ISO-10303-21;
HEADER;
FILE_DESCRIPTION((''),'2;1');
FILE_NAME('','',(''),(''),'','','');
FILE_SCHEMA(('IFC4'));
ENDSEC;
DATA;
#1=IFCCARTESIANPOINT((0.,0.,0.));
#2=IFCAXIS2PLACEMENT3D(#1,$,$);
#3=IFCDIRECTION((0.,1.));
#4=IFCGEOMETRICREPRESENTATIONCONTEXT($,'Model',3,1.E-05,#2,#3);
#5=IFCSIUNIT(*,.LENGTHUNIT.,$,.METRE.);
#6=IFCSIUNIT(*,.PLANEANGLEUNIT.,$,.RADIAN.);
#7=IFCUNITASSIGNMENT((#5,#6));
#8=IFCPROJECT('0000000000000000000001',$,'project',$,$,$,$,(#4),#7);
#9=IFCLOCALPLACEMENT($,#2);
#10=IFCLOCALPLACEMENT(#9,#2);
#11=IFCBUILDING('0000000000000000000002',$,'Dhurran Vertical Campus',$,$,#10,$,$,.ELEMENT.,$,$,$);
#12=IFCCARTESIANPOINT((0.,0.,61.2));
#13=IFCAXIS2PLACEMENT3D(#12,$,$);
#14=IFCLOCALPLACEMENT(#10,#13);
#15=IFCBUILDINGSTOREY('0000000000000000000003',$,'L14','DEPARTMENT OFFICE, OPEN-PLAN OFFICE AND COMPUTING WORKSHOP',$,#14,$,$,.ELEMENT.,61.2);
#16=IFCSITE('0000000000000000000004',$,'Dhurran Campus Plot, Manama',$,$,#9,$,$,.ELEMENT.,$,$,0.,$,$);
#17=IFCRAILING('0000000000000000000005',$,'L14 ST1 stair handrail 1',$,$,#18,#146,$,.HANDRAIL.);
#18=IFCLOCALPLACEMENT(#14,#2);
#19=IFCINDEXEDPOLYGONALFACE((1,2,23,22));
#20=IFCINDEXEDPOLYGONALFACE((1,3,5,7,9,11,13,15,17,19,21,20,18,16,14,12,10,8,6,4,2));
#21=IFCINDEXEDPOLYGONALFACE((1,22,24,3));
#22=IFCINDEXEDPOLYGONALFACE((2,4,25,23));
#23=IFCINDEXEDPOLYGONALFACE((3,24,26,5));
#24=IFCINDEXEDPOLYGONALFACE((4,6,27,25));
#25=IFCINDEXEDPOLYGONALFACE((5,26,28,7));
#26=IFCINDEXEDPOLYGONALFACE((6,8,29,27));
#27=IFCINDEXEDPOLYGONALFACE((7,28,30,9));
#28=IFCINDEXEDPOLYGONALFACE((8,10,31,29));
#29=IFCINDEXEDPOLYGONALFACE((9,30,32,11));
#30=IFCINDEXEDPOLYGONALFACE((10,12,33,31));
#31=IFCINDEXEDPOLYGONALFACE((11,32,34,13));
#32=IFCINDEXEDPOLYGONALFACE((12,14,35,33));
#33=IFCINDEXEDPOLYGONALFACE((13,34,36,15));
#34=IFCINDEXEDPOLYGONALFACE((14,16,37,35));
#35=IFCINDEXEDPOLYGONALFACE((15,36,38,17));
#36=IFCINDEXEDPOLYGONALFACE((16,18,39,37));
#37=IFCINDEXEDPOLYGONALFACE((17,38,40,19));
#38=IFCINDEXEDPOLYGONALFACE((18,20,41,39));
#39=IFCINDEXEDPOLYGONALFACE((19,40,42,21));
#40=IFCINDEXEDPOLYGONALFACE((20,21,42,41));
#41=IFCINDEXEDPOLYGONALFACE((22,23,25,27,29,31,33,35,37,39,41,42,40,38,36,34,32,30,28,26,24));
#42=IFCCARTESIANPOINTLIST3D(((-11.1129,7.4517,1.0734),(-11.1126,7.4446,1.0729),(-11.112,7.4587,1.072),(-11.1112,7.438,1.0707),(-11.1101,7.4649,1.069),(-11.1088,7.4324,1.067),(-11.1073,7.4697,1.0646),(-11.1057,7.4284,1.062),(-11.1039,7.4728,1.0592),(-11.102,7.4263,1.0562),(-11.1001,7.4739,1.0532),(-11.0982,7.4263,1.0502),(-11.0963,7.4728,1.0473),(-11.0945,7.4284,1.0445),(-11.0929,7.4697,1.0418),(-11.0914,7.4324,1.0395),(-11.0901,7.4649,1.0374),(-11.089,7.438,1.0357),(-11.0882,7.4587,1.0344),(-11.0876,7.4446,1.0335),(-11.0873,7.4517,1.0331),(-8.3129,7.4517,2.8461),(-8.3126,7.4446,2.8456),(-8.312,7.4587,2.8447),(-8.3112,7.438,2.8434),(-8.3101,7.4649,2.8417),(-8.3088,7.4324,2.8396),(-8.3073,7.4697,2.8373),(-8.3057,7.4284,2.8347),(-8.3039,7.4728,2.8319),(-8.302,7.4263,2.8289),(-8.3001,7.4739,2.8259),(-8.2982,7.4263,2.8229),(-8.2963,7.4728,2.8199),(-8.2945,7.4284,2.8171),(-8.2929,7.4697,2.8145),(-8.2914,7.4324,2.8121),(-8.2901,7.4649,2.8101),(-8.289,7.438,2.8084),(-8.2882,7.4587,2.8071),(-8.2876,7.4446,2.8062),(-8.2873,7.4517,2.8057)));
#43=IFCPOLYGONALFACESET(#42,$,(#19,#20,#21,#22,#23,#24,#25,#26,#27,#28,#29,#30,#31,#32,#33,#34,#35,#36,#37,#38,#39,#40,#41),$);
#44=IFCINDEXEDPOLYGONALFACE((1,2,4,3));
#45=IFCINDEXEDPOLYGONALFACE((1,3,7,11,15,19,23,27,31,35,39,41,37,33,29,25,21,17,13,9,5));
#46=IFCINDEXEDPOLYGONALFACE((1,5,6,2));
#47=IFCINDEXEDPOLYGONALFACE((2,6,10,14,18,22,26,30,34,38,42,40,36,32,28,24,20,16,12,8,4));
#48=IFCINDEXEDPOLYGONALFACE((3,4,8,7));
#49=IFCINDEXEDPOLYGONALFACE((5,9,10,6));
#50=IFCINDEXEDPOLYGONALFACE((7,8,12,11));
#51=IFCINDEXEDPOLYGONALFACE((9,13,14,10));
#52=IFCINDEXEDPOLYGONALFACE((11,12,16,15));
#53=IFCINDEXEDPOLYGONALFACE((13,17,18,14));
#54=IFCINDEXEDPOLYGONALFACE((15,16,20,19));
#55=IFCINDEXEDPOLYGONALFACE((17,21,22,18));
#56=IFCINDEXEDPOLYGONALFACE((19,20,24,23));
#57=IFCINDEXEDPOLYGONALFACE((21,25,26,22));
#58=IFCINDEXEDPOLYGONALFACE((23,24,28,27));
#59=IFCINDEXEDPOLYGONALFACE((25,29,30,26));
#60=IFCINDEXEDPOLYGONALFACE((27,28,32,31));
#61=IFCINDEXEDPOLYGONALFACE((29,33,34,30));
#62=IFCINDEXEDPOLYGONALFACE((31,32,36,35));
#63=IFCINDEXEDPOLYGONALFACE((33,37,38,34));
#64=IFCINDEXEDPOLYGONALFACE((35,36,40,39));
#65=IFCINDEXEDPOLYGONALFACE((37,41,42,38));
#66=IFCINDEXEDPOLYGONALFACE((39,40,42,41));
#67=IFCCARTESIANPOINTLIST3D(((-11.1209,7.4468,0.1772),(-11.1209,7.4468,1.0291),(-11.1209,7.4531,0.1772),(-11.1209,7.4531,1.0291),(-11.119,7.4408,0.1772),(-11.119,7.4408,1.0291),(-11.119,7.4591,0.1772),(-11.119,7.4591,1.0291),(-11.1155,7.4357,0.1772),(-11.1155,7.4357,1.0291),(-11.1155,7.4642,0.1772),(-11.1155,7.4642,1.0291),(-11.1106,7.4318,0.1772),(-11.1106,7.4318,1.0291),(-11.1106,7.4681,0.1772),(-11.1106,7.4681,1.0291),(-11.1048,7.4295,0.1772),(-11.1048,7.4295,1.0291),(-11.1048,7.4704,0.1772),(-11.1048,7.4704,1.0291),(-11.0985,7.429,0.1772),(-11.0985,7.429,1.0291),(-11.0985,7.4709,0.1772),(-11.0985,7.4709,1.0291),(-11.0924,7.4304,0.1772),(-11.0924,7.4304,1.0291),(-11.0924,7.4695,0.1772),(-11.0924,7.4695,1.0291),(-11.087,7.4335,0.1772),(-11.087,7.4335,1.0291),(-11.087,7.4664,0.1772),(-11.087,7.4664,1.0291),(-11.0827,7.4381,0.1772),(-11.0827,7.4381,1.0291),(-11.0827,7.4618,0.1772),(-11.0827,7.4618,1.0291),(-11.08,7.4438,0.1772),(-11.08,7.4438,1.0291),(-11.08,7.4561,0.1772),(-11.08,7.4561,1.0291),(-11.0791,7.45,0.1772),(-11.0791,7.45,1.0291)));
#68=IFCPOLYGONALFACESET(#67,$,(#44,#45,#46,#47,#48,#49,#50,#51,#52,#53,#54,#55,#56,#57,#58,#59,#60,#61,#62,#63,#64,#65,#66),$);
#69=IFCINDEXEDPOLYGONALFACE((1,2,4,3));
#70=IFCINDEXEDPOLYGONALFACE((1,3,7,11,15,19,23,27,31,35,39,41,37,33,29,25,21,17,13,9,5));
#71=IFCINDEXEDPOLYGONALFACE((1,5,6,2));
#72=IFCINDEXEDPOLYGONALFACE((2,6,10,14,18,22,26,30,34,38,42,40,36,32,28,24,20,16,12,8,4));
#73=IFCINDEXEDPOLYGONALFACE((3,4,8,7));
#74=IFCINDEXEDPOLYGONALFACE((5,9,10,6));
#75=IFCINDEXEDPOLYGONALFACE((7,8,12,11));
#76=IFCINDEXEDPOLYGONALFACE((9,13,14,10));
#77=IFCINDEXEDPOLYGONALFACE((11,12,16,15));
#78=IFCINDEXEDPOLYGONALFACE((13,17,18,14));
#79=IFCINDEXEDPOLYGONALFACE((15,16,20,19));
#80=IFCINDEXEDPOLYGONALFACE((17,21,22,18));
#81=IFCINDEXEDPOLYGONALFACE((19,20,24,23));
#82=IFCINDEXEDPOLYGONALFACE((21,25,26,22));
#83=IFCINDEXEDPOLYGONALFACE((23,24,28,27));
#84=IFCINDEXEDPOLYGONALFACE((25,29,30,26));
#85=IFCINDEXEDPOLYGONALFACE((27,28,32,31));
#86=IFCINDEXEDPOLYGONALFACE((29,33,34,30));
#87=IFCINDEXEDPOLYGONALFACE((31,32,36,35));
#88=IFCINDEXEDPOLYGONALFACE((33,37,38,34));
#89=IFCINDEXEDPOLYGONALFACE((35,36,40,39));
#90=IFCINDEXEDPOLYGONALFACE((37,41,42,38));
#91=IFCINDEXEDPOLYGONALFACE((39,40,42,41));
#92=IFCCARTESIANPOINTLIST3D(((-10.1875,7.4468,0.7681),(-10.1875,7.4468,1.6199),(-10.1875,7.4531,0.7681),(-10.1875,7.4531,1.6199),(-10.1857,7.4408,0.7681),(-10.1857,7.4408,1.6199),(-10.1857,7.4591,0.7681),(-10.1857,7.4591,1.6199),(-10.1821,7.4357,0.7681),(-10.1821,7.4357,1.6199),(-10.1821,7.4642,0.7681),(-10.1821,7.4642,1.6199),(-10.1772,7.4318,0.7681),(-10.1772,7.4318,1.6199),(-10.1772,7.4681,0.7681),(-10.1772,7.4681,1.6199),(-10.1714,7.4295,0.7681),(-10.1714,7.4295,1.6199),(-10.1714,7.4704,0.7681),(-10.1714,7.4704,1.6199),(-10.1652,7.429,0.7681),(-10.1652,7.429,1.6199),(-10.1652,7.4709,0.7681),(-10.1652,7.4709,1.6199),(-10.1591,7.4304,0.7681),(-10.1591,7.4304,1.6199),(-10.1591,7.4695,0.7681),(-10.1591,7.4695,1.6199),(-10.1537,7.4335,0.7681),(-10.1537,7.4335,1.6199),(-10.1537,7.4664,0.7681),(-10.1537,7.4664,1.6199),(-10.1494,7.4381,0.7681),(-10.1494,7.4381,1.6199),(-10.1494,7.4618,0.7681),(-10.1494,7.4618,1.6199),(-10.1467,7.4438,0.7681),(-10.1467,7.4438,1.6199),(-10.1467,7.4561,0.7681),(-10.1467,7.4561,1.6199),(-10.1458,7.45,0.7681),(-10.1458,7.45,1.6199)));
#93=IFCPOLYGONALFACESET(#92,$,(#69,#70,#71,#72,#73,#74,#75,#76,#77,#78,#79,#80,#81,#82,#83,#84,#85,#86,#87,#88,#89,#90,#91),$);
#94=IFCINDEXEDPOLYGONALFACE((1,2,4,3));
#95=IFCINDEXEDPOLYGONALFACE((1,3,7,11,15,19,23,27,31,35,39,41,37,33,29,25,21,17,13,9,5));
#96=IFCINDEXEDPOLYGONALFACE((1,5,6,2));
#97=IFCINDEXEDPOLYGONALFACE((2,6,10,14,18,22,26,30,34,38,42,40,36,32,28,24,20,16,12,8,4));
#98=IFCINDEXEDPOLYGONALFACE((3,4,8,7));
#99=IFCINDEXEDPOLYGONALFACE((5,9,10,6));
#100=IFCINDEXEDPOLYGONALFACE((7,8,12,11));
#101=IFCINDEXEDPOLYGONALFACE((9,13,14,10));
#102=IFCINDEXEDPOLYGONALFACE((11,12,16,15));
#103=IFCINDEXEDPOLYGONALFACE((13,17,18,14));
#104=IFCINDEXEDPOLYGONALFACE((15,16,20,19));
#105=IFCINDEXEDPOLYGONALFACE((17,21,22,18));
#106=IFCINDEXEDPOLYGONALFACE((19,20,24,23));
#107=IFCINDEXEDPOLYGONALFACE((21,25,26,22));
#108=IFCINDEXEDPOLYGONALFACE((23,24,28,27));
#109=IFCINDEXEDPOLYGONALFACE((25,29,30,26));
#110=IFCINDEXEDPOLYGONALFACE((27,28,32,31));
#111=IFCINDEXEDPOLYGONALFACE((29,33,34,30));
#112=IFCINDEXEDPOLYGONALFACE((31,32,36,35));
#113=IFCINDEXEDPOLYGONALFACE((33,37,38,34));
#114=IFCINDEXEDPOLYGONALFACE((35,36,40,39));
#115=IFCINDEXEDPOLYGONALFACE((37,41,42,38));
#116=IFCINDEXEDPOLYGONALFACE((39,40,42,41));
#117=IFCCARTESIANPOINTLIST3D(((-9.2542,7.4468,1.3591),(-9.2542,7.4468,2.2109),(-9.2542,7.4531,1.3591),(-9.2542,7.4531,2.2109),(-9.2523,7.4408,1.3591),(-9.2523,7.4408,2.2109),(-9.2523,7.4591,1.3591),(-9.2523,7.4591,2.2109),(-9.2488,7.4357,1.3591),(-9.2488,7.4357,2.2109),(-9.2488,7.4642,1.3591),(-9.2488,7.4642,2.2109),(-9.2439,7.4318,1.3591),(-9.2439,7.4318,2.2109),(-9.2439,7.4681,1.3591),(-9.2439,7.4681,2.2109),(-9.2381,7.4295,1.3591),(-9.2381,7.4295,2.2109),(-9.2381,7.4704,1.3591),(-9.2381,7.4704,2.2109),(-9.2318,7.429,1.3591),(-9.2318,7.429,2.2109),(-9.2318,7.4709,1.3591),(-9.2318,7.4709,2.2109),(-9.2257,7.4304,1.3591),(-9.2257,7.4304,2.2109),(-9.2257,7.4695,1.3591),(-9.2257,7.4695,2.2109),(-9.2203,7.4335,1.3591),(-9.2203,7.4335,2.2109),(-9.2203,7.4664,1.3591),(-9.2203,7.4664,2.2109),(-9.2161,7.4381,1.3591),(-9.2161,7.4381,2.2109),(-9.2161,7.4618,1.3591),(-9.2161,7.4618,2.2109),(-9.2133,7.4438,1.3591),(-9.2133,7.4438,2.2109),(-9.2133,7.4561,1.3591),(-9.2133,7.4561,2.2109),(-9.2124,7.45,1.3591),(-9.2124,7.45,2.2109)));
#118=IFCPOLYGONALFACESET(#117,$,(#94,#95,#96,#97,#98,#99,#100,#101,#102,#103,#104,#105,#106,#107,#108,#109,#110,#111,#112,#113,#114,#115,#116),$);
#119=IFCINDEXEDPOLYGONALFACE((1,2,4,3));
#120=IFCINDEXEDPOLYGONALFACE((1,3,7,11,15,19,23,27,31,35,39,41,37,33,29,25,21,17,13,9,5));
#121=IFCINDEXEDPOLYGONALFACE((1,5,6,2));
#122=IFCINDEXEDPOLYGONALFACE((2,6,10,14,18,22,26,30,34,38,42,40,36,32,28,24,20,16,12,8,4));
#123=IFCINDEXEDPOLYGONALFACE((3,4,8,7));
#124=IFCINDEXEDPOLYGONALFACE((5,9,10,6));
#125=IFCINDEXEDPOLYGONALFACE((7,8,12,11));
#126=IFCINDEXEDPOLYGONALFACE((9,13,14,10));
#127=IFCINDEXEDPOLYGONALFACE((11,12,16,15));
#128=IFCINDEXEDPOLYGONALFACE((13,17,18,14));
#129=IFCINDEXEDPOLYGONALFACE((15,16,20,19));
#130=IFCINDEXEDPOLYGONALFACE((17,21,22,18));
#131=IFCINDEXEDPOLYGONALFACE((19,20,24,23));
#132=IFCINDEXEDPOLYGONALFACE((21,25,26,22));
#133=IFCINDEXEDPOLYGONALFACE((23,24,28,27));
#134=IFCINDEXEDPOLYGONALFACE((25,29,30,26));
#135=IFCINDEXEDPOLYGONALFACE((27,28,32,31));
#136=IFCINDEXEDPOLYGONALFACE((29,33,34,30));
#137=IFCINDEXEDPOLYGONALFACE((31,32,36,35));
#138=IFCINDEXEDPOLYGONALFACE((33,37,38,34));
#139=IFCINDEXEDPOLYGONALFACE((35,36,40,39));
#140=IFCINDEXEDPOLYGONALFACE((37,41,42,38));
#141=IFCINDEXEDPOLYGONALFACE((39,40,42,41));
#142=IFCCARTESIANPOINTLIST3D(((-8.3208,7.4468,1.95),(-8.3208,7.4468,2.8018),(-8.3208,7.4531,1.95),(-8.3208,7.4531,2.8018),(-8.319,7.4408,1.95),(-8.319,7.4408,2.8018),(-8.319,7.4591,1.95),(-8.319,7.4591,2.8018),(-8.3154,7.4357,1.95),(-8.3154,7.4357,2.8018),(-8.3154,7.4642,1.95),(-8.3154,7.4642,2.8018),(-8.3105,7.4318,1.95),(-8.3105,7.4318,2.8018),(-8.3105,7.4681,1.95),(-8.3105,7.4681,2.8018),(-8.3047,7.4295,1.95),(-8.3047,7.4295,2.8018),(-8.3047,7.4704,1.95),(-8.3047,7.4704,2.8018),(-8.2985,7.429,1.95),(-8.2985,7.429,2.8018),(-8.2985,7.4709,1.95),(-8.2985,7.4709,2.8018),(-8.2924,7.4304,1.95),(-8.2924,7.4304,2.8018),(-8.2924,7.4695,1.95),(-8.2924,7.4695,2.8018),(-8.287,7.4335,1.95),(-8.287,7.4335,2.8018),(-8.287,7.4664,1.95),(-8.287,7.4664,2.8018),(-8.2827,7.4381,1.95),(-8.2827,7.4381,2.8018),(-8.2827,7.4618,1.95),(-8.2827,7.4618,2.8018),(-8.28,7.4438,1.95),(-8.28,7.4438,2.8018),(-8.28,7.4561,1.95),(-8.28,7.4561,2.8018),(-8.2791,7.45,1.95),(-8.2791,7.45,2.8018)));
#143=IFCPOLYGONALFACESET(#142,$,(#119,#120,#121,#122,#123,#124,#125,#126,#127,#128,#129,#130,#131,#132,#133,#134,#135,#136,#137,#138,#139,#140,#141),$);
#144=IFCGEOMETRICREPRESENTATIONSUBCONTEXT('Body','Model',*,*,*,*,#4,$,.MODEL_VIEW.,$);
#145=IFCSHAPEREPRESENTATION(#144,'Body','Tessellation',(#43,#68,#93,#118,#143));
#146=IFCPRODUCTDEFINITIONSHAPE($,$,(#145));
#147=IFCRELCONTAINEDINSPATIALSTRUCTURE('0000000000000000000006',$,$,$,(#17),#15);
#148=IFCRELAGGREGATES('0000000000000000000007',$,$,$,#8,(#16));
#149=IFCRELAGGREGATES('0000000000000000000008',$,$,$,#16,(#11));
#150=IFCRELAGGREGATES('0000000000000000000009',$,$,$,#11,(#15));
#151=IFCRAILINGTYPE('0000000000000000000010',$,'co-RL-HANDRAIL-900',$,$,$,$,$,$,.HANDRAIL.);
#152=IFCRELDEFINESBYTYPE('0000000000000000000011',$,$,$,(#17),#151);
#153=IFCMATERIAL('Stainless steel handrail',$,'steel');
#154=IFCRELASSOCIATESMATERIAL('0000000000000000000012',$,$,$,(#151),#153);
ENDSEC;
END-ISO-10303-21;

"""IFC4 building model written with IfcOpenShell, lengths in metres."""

from ifc_helpers import new_model, si_unit, direction, frame, origin, origin_2d, place, context, subcontext, project, spatial, circle, extrude, material, type_object, element, save


model = new_model("IFC4")

# Units and contexts
model_context = context("Model", 3, precision=1e-05, world=origin(), true_north=direction((0.0, 1.0)))
body_context = subcontext(model_context, "Body", "Model", "MODEL_VIEW")
ifc_project = project(units=[si_unit("LENGTHUNIT", "METRE"), si_unit("PLANEANGLEUNIT", "RADIAN")], contexts=[model_context])

# Site, building, storey
site_placement = place(None, origin())
site = spatial("IfcSite", under=ifc_project, at=site_placement, Name="Dhurran Campus Plot, Manama", CompositionType="ELEMENT", RefElevation=0.0)
building_placement = place(site_placement, origin())
building = spatial("IfcBuilding", under=site, at=building_placement, Name="Dhurran Vertical Campus", CompositionType="ELEMENT")
storey_placement = place(building_placement, frame((0.0, 0.0, 61.2)))
storey = spatial("IfcBuildingStorey", under=building, at=storey_placement, Name="L14", Description="DEPARTMENT OFFICE, OPEN-PLAN OFFICE AND COMPUTING WORKSHOP", CompositionType="ELEMENT", Elevation=61.2)

# Railing
ifc_material_1 = material(Name="Stainless steel handrail", Category="steel")
railing_type_1 = type_object("IfcRailingType", Name="co-RL-HANDRAIL-900", PredefinedType="HANDRAIL", material=ifc_material_1)
railing_1_placement = place(storey_placement, frame((-11.1001, 7.45, 0.1772)))
element("IfcRailing", 1, at=railing_1_placement, inside=storey, type_object=railing_type_1, Name="L14 ST1 stair handrail 1", PredefinedType="HANDRAIL", context=body_context, shape_type="SweptSolid", body=[
    extrude(circle(Radius=0.0239, at=origin_2d()), frame((0.0, 0.0, 0.876), z_axis=(0.844909, 0.0, 0.53491), x_axis=(0.0, 1.0, 0.0)), (0.0, 0.0, 1.0), 3.314),
    extrude(circle(Radius=0.021, at=origin_2d()), origin(), (0.0, 0.0, 1.0), 0.8518),
    extrude(circle(Radius=0.021, at=origin_2d()), frame((0.9333, 0.0, 0.5908)), (0.0, 0.0, 1.0), 0.8518),
    extrude(circle(Radius=0.021, at=origin_2d()), frame((1.8667, 0.0, 1.1819)), (0.0, 0.0, 1.0), 0.8518),
    extrude(circle(Radius=0.021, at=origin_2d()), frame((2.8, 0.0, 1.7727)), (0.0, 0.0, 1.0), 0.8518),
])

save(model, "model.ifc")
